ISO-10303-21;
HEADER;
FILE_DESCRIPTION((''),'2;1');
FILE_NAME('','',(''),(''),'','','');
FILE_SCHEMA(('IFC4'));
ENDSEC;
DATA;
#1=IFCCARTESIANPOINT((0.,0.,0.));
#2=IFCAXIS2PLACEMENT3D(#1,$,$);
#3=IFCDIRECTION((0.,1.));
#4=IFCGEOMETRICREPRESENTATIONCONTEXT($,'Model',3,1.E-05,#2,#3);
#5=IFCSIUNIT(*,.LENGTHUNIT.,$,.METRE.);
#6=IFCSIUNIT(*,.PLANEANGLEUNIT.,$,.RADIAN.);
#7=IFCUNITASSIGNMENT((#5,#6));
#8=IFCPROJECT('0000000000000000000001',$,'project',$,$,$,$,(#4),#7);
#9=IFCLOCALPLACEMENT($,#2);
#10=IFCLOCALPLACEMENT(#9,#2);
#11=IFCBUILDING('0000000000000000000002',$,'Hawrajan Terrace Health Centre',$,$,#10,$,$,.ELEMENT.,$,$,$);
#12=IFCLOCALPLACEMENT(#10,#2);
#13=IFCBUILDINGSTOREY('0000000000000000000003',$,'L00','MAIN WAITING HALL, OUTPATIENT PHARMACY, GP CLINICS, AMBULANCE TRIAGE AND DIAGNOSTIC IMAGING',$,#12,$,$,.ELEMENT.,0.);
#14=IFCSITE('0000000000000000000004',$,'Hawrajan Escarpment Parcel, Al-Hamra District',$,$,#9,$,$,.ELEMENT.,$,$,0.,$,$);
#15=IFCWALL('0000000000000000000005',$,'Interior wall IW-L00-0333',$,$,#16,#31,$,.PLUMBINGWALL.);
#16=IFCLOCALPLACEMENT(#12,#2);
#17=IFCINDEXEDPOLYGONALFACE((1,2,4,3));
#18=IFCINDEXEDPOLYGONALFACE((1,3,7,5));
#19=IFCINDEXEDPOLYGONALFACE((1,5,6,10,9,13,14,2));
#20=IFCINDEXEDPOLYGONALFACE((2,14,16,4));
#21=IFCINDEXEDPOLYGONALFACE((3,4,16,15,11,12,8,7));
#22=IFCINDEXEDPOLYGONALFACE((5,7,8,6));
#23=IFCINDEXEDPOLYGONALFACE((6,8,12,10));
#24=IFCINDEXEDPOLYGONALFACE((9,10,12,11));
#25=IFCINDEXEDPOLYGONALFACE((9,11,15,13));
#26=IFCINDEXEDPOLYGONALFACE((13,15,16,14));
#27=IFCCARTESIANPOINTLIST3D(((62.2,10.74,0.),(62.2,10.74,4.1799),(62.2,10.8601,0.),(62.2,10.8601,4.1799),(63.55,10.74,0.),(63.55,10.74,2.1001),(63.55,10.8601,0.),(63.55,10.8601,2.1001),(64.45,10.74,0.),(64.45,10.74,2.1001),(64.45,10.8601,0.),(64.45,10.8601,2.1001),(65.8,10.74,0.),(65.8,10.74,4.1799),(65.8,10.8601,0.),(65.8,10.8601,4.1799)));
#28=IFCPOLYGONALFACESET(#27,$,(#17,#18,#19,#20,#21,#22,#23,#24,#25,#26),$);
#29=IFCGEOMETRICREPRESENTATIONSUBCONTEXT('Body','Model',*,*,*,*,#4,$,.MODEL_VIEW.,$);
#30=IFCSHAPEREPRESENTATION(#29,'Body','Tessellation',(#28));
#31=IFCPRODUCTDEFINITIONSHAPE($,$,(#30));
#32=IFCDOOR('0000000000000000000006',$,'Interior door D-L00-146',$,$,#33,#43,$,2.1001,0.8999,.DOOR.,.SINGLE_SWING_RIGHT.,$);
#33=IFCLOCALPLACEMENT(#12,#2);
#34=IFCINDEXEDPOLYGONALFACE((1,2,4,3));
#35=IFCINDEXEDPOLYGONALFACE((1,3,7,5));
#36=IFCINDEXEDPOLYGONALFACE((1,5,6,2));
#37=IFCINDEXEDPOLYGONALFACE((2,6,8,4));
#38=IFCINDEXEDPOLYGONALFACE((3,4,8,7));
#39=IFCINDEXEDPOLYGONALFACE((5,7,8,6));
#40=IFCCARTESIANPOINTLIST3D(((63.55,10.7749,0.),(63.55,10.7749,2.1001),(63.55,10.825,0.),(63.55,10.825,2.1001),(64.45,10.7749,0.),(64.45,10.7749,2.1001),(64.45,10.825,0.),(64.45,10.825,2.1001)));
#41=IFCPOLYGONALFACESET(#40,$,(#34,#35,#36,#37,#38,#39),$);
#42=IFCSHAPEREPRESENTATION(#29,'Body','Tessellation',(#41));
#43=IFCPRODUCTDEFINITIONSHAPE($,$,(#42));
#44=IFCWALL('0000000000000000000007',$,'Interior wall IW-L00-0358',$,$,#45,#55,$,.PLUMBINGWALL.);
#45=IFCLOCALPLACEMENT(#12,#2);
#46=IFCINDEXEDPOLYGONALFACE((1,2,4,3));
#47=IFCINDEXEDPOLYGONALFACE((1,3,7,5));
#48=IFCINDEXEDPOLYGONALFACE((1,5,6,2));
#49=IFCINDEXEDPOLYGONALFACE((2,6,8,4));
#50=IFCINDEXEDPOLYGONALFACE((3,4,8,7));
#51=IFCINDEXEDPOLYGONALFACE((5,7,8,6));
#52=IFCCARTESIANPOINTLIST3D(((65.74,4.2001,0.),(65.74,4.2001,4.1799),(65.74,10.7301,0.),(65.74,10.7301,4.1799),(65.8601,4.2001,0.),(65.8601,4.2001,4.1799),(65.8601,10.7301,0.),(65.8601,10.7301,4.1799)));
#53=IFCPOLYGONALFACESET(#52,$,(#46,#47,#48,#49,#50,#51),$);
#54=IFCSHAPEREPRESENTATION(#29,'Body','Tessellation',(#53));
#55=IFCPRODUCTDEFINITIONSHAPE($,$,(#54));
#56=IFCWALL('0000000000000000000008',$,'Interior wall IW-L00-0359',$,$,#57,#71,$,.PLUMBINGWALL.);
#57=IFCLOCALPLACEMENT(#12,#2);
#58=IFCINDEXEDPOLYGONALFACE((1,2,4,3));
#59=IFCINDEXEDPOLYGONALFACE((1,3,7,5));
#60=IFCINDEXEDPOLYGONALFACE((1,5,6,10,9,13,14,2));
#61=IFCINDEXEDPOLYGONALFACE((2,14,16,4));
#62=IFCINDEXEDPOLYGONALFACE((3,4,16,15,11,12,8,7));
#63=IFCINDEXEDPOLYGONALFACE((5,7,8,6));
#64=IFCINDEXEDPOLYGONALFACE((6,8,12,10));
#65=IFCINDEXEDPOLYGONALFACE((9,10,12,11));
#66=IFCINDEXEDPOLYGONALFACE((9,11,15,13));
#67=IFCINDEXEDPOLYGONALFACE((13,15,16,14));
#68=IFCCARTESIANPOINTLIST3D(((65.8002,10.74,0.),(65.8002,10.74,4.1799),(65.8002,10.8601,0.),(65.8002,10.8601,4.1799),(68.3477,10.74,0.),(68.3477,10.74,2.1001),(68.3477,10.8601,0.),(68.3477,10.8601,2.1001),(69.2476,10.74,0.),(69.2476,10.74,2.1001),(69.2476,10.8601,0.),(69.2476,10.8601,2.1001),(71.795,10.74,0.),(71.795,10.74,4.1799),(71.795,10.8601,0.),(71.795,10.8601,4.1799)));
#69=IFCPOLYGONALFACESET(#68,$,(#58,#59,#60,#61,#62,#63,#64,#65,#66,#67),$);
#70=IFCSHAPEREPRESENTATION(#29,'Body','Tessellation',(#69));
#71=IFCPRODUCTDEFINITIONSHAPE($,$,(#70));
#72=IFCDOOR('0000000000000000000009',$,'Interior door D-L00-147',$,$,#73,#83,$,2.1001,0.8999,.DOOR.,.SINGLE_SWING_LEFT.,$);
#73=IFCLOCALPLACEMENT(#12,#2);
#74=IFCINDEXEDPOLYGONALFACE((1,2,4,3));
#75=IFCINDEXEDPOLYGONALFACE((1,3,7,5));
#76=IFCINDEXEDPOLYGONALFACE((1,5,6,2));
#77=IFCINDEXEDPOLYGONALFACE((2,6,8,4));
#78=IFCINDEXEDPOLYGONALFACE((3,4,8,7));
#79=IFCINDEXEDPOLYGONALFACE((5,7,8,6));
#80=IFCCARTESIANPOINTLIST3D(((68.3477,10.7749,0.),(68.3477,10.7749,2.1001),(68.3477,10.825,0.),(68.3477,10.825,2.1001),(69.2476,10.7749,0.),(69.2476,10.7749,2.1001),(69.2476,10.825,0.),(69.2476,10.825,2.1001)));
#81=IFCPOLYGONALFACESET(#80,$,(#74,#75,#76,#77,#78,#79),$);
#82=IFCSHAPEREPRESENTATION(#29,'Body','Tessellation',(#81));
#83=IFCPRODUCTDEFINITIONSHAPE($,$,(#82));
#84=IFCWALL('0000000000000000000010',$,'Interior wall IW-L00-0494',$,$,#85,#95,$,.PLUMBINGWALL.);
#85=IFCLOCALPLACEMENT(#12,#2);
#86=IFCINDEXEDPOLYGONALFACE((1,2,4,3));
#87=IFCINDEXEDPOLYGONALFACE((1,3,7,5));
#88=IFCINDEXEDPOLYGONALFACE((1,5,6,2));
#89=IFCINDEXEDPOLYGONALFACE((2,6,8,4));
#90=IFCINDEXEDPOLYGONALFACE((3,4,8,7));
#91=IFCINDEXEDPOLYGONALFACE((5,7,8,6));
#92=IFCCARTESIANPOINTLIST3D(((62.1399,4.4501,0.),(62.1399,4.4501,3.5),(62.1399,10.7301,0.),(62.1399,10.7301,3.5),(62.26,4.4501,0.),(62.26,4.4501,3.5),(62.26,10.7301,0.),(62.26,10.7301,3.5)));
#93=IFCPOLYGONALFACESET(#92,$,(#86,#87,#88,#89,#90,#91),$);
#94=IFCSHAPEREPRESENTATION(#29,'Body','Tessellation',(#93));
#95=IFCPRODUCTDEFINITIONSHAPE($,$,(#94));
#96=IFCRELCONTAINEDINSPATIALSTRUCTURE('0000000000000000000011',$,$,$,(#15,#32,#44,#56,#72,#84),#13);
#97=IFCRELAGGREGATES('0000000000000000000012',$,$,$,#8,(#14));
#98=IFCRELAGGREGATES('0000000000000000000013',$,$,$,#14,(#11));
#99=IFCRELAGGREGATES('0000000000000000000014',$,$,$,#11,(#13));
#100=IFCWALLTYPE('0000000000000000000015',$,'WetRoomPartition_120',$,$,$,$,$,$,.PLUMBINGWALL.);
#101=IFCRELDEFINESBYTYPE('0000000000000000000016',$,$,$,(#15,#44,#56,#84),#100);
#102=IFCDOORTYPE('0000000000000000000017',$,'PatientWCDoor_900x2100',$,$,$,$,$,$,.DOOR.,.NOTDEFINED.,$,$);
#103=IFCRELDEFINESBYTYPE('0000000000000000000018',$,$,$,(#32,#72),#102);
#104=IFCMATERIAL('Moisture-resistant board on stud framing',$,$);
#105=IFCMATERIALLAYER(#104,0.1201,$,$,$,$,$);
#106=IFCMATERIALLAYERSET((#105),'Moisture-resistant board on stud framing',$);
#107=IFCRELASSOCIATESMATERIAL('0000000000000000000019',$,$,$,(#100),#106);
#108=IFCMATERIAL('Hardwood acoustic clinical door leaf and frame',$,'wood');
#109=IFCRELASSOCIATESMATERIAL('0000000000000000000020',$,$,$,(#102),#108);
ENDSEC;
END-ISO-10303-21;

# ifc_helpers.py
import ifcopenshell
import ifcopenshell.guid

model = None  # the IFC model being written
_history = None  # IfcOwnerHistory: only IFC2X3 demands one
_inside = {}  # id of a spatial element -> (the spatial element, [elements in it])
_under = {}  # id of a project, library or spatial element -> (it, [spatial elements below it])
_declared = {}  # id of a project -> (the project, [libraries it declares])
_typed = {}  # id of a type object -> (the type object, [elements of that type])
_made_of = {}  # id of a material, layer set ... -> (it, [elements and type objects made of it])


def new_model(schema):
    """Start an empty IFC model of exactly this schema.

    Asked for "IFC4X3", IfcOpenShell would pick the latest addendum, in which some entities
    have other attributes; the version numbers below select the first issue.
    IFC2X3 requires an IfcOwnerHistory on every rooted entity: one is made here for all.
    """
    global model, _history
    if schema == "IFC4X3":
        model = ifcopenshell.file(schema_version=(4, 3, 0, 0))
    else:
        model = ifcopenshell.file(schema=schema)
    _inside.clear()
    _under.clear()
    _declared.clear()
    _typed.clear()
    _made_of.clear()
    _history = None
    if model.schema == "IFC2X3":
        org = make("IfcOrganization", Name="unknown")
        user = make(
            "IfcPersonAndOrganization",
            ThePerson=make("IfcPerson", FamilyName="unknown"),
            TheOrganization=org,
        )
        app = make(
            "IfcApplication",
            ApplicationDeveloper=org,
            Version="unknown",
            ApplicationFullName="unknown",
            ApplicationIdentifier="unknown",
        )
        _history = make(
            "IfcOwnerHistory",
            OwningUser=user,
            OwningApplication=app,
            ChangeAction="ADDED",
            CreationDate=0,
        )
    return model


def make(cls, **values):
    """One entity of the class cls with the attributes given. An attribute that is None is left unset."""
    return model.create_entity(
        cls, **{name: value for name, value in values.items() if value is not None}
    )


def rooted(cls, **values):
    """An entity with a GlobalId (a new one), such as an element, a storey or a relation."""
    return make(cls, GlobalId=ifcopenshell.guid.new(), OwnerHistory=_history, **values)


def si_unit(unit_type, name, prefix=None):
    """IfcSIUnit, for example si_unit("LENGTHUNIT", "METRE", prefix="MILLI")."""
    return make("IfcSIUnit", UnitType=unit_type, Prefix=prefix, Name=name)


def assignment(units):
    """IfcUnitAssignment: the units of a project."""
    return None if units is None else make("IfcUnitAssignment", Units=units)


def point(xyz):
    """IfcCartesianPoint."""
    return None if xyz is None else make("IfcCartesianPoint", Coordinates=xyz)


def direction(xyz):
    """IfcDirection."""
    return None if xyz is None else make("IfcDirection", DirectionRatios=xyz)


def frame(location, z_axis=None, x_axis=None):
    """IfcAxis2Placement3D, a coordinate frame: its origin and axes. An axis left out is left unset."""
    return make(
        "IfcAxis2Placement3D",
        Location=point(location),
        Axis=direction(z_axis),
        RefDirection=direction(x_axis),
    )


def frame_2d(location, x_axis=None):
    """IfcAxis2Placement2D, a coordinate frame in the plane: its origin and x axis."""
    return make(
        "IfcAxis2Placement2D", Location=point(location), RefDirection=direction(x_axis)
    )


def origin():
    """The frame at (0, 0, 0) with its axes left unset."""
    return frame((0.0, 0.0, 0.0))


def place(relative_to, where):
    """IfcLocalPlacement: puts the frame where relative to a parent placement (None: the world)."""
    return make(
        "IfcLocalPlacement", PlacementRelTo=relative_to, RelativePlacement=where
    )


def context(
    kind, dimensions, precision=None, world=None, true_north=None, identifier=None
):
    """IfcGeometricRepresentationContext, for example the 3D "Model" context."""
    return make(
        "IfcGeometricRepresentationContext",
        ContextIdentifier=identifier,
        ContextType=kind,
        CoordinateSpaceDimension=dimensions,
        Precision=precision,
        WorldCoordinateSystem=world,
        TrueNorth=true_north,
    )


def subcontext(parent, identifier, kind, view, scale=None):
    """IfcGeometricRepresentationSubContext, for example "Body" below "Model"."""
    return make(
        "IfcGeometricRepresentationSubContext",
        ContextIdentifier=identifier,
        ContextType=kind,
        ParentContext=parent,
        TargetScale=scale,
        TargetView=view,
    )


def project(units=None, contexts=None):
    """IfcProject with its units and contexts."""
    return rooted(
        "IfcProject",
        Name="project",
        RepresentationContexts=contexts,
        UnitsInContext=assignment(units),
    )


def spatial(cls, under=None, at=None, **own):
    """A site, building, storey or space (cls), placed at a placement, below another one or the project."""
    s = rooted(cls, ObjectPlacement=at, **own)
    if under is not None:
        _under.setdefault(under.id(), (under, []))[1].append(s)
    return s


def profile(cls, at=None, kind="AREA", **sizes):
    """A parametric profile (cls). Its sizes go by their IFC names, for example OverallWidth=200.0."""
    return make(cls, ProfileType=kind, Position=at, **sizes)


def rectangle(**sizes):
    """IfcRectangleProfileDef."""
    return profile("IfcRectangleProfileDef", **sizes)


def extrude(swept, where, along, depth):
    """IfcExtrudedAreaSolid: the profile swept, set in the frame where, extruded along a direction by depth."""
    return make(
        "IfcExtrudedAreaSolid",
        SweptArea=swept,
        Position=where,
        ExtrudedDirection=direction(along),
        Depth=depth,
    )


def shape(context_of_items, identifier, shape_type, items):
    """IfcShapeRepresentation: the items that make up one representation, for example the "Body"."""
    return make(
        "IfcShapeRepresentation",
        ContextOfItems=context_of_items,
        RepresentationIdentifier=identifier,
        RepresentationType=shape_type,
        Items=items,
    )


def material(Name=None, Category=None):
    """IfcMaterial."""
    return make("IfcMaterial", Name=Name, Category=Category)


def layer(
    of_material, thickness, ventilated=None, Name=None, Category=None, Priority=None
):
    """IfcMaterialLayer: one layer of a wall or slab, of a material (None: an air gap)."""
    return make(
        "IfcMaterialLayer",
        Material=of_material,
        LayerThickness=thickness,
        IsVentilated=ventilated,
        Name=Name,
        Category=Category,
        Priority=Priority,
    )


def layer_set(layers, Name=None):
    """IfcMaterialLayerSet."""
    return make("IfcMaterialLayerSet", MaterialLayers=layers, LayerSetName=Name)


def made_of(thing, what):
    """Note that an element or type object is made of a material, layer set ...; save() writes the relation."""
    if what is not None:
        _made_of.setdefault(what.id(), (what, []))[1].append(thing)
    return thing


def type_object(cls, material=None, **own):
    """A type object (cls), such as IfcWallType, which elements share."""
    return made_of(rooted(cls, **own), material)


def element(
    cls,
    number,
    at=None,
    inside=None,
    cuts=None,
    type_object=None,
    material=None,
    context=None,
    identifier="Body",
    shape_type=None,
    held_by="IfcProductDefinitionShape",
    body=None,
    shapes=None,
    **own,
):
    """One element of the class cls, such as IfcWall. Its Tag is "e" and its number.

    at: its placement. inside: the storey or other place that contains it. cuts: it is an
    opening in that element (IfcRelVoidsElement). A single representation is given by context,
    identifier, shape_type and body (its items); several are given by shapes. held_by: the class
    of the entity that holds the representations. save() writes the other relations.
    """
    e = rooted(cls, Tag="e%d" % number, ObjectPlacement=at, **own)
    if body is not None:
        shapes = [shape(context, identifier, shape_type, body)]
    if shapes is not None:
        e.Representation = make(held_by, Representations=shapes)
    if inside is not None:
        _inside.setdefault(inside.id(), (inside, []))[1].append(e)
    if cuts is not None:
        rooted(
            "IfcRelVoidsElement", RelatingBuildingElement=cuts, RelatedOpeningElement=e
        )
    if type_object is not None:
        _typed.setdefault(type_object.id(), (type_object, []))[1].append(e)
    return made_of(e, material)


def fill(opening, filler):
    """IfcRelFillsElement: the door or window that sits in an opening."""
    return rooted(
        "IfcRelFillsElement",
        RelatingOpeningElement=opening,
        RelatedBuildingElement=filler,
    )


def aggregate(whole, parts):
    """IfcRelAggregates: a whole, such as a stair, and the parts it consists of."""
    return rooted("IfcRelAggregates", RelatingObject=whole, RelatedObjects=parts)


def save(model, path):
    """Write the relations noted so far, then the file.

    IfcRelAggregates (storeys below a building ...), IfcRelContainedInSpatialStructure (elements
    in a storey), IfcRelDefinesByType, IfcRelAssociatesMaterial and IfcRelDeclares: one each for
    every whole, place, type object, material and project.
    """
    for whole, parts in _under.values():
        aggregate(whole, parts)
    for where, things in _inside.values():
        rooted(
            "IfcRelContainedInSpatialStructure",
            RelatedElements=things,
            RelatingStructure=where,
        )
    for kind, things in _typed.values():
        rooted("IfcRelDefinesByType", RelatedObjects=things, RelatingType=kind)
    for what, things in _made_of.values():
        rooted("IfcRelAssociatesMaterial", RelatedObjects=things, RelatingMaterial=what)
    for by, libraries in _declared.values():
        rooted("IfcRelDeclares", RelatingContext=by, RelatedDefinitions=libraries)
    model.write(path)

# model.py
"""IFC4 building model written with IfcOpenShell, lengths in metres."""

from ifc_helpers import new_model, si_unit, direction, frame, frame_2d, origin, place, context, subcontext, project, spatial, rectangle, extrude, material, layer, layer_set, type_object, element, fill, save


model = new_model("IFC4")

# Units and contexts
model_context = context("Model", 3, precision=1e-05, world=origin(), true_north=direction((0.0, 1.0)))
body_context = subcontext(model_context, "Body", "Model", "MODEL_VIEW")
ifc_project = project(units=[si_unit("LENGTHUNIT", "METRE"), si_unit("PLANEANGLEUNIT", "RADIAN")], contexts=[model_context])

# Site, building, storey
site_placement = place(None, origin())
site = spatial("IfcSite", under=ifc_project, at=site_placement, Name="Hawrajan Escarpment Parcel, Al-Hamra District", CompositionType="ELEMENT", RefElevation=0.0)
building_placement = place(site_placement, origin())
building = spatial("IfcBuilding", under=site, at=building_placement, Name="Hawrajan Terrace Health Centre", CompositionType="ELEMENT")
storey_placement = place(building_placement, origin())
storey = spatial("IfcBuildingStorey", under=building, at=storey_placement, Name="L00", Description="MAIN WAITING HALL, OUTPATIENT PHARMACY, GP CLINICS, AMBULANCE TRIAGE AND DIAGNOSTIC IMAGING", CompositionType="ELEMENT", Elevation=0.0)

# Wall, opening, door
ifc_material_1 = material(Name="Moisture-resistant board on stud framing")
ifc_layer_1 = layer(ifc_material_1, 0.1201)
ifc_layer_set_1 = layer_set([ifc_layer_1], Name="Moisture-resistant board on stud framing")
wall_type = type_object("IfcWallType", Name="WetRoomPartition_120", PredefinedType="PLUMBINGWALL", material=ifc_layer_set_1)
wall_1_placement = place(storey_placement, frame((62.2, 10.8, 0.0), z_axis=(0.0, 0.0, 1.0), x_axis=(1.0, 0.0, 0.0)))
wall_1 = element("IfcWall", 1, at=wall_1_placement, inside=storey, type_object=wall_type, Name="Interior wall IW-L00-0333", PredefinedType="PLUMBINGWALL", context=body_context, shape_type="SweptSolid", body=[
    extrude(rectangle(XDim=3.6001, YDim=0.1201, at=frame_2d((1.8, 0.0))), origin(), (0.0, 0.0, 1.0), 4.1799),
])
opening_1_placement = place(wall_1_placement, frame((1.3501, 0.0, 0.0)))
opening_1 = element("IfcOpeningElement", 2, at=opening_1_placement, cuts=wall_1, PredefinedType="OPENING", context=body_context, shape_type="SweptSolid", body=[
    extrude(rectangle(XDim=0.8999, YDim=2.1001, at=frame_2d((0.45, 1.05))), frame((0.0, 0.0701, 0.0), z_axis=(0.0, -1.0, 0.0), x_axis=(1.0, 0.0, 0.0)), (0.0, 0.0, 1.0), 0.1401),
])
ifc_material_2 = material(Name="Hardwood acoustic clinical door leaf and frame", Category="wood")
door_type = type_object("IfcDoorType", Name="PatientWCDoor_900x2100", OperationType="NOTDEFINED", PredefinedType="DOOR", material=ifc_material_2)
door_1_placement = place(opening_1_placement, origin())
door_1 = element("IfcDoor", 3, at=door_1_placement, inside=storey, type_object=door_type, Name="Interior door D-L00-146", OperationType="SINGLE_SWING_RIGHT", OverallHeight=2.1001, OverallWidth=0.8999, PredefinedType="DOOR", context=body_context, shape_type="SweptSolid", body=[
    extrude(rectangle(XDim=0.8999, YDim=2.1001, at=frame_2d((0.45, 1.05))), frame((0.0, 0.0249, 0.0), z_axis=(0.0, -1.0, 0.0), x_axis=(1.0, 0.0, 0.0)), (0.0, 0.0, 1.0), 0.05),
])
fill(opening_1, door_1)

# Wall
wall_2_placement = place(storey_placement, frame((65.8, 4.2, 0.0), z_axis=(0.0, 0.0, 1.0), x_axis=(0.0, 1.0, 0.0)))
element("IfcWall", 4, at=wall_2_placement, inside=storey, type_object=wall_type, Name="Interior wall IW-L00-0358", PredefinedType="PLUMBINGWALL", context=body_context, shape_type="SweptSolid", body=[
    extrude(rectangle(XDim=6.53, YDim=0.1201, at=frame_2d((3.2651, 0.0))), origin(), (0.0, 0.0, 1.0), 4.1799),
])

# Wall, opening, door
wall_3_placement = place(storey_placement, frame((65.8, 10.8, 0.0), z_axis=(0.0, 0.0, 1.0), x_axis=(1.0, 0.0, 0.0)))
wall_3 = element("IfcWall", 5, at=wall_3_placement, inside=storey, type_object=wall_type, Name="Interior wall IW-L00-0359", PredefinedType="PLUMBINGWALL", context=body_context, shape_type="SweptSolid", body=[
    extrude(rectangle(XDim=5.9949, YDim=0.1201, at=frame_2d((2.9976, 0.0))), origin(), (0.0, 0.0, 1.0), 4.1799),
])
opening_2_placement = place(wall_3_placement, frame((2.5476, 0.0, 0.0)))
opening_2 = element("IfcOpeningElement", 6, at=opening_2_placement, cuts=wall_3, PredefinedType="OPENING", context=body_context, shape_type="SweptSolid", body=[
    extrude(rectangle(XDim=0.8999, YDim=2.1001, at=frame_2d((0.45, 1.05))), frame((0.0, 0.0701, 0.0), z_axis=(0.0, -1.0, 0.0), x_axis=(1.0, 0.0, 0.0)), (0.0, 0.0, 1.0), 0.1401),
])
door_2_placement = place(opening_2_placement, origin())
door_2 = element("IfcDoor", 7, at=door_2_placement, inside=storey, type_object=door_type, Name="Interior door D-L00-147", OperationType="SINGLE_SWING_LEFT", OverallHeight=2.1001, OverallWidth=0.8999, PredefinedType="DOOR", context=body_context, shape_type="SweptSolid", body=[
    extrude(rectangle(XDim=0.8999, YDim=2.1001, at=frame_2d((0.45, 1.05))), frame((0.0, 0.0249, 0.0), z_axis=(0.0, -1.0, 0.0), x_axis=(1.0, 0.0, 0.0)), (0.0, 0.0, 1.0), 0.05),
])
fill(opening_2, door_2)

# Wall
wall_4_placement = place(storey_placement, frame((62.2, 4.45, 0.0), z_axis=(0.0, 0.0, 1.0), x_axis=(0.0, 1.0, 0.0)))
element("IfcWall", 8, at=wall_4_placement, inside=storey, type_object=wall_type, Name="Interior wall IW-L00-0494", PredefinedType="PLUMBINGWALL", context=body_context, shape_type="SweptSolid", body=[
    extrude(rectangle(XDim=6.28, YDim=0.1201, at=frame_2d((3.1401, 0.0))), origin(), (0.0, 0.0, 1.0), 3.5),
])

save(model, "model.ifc")
